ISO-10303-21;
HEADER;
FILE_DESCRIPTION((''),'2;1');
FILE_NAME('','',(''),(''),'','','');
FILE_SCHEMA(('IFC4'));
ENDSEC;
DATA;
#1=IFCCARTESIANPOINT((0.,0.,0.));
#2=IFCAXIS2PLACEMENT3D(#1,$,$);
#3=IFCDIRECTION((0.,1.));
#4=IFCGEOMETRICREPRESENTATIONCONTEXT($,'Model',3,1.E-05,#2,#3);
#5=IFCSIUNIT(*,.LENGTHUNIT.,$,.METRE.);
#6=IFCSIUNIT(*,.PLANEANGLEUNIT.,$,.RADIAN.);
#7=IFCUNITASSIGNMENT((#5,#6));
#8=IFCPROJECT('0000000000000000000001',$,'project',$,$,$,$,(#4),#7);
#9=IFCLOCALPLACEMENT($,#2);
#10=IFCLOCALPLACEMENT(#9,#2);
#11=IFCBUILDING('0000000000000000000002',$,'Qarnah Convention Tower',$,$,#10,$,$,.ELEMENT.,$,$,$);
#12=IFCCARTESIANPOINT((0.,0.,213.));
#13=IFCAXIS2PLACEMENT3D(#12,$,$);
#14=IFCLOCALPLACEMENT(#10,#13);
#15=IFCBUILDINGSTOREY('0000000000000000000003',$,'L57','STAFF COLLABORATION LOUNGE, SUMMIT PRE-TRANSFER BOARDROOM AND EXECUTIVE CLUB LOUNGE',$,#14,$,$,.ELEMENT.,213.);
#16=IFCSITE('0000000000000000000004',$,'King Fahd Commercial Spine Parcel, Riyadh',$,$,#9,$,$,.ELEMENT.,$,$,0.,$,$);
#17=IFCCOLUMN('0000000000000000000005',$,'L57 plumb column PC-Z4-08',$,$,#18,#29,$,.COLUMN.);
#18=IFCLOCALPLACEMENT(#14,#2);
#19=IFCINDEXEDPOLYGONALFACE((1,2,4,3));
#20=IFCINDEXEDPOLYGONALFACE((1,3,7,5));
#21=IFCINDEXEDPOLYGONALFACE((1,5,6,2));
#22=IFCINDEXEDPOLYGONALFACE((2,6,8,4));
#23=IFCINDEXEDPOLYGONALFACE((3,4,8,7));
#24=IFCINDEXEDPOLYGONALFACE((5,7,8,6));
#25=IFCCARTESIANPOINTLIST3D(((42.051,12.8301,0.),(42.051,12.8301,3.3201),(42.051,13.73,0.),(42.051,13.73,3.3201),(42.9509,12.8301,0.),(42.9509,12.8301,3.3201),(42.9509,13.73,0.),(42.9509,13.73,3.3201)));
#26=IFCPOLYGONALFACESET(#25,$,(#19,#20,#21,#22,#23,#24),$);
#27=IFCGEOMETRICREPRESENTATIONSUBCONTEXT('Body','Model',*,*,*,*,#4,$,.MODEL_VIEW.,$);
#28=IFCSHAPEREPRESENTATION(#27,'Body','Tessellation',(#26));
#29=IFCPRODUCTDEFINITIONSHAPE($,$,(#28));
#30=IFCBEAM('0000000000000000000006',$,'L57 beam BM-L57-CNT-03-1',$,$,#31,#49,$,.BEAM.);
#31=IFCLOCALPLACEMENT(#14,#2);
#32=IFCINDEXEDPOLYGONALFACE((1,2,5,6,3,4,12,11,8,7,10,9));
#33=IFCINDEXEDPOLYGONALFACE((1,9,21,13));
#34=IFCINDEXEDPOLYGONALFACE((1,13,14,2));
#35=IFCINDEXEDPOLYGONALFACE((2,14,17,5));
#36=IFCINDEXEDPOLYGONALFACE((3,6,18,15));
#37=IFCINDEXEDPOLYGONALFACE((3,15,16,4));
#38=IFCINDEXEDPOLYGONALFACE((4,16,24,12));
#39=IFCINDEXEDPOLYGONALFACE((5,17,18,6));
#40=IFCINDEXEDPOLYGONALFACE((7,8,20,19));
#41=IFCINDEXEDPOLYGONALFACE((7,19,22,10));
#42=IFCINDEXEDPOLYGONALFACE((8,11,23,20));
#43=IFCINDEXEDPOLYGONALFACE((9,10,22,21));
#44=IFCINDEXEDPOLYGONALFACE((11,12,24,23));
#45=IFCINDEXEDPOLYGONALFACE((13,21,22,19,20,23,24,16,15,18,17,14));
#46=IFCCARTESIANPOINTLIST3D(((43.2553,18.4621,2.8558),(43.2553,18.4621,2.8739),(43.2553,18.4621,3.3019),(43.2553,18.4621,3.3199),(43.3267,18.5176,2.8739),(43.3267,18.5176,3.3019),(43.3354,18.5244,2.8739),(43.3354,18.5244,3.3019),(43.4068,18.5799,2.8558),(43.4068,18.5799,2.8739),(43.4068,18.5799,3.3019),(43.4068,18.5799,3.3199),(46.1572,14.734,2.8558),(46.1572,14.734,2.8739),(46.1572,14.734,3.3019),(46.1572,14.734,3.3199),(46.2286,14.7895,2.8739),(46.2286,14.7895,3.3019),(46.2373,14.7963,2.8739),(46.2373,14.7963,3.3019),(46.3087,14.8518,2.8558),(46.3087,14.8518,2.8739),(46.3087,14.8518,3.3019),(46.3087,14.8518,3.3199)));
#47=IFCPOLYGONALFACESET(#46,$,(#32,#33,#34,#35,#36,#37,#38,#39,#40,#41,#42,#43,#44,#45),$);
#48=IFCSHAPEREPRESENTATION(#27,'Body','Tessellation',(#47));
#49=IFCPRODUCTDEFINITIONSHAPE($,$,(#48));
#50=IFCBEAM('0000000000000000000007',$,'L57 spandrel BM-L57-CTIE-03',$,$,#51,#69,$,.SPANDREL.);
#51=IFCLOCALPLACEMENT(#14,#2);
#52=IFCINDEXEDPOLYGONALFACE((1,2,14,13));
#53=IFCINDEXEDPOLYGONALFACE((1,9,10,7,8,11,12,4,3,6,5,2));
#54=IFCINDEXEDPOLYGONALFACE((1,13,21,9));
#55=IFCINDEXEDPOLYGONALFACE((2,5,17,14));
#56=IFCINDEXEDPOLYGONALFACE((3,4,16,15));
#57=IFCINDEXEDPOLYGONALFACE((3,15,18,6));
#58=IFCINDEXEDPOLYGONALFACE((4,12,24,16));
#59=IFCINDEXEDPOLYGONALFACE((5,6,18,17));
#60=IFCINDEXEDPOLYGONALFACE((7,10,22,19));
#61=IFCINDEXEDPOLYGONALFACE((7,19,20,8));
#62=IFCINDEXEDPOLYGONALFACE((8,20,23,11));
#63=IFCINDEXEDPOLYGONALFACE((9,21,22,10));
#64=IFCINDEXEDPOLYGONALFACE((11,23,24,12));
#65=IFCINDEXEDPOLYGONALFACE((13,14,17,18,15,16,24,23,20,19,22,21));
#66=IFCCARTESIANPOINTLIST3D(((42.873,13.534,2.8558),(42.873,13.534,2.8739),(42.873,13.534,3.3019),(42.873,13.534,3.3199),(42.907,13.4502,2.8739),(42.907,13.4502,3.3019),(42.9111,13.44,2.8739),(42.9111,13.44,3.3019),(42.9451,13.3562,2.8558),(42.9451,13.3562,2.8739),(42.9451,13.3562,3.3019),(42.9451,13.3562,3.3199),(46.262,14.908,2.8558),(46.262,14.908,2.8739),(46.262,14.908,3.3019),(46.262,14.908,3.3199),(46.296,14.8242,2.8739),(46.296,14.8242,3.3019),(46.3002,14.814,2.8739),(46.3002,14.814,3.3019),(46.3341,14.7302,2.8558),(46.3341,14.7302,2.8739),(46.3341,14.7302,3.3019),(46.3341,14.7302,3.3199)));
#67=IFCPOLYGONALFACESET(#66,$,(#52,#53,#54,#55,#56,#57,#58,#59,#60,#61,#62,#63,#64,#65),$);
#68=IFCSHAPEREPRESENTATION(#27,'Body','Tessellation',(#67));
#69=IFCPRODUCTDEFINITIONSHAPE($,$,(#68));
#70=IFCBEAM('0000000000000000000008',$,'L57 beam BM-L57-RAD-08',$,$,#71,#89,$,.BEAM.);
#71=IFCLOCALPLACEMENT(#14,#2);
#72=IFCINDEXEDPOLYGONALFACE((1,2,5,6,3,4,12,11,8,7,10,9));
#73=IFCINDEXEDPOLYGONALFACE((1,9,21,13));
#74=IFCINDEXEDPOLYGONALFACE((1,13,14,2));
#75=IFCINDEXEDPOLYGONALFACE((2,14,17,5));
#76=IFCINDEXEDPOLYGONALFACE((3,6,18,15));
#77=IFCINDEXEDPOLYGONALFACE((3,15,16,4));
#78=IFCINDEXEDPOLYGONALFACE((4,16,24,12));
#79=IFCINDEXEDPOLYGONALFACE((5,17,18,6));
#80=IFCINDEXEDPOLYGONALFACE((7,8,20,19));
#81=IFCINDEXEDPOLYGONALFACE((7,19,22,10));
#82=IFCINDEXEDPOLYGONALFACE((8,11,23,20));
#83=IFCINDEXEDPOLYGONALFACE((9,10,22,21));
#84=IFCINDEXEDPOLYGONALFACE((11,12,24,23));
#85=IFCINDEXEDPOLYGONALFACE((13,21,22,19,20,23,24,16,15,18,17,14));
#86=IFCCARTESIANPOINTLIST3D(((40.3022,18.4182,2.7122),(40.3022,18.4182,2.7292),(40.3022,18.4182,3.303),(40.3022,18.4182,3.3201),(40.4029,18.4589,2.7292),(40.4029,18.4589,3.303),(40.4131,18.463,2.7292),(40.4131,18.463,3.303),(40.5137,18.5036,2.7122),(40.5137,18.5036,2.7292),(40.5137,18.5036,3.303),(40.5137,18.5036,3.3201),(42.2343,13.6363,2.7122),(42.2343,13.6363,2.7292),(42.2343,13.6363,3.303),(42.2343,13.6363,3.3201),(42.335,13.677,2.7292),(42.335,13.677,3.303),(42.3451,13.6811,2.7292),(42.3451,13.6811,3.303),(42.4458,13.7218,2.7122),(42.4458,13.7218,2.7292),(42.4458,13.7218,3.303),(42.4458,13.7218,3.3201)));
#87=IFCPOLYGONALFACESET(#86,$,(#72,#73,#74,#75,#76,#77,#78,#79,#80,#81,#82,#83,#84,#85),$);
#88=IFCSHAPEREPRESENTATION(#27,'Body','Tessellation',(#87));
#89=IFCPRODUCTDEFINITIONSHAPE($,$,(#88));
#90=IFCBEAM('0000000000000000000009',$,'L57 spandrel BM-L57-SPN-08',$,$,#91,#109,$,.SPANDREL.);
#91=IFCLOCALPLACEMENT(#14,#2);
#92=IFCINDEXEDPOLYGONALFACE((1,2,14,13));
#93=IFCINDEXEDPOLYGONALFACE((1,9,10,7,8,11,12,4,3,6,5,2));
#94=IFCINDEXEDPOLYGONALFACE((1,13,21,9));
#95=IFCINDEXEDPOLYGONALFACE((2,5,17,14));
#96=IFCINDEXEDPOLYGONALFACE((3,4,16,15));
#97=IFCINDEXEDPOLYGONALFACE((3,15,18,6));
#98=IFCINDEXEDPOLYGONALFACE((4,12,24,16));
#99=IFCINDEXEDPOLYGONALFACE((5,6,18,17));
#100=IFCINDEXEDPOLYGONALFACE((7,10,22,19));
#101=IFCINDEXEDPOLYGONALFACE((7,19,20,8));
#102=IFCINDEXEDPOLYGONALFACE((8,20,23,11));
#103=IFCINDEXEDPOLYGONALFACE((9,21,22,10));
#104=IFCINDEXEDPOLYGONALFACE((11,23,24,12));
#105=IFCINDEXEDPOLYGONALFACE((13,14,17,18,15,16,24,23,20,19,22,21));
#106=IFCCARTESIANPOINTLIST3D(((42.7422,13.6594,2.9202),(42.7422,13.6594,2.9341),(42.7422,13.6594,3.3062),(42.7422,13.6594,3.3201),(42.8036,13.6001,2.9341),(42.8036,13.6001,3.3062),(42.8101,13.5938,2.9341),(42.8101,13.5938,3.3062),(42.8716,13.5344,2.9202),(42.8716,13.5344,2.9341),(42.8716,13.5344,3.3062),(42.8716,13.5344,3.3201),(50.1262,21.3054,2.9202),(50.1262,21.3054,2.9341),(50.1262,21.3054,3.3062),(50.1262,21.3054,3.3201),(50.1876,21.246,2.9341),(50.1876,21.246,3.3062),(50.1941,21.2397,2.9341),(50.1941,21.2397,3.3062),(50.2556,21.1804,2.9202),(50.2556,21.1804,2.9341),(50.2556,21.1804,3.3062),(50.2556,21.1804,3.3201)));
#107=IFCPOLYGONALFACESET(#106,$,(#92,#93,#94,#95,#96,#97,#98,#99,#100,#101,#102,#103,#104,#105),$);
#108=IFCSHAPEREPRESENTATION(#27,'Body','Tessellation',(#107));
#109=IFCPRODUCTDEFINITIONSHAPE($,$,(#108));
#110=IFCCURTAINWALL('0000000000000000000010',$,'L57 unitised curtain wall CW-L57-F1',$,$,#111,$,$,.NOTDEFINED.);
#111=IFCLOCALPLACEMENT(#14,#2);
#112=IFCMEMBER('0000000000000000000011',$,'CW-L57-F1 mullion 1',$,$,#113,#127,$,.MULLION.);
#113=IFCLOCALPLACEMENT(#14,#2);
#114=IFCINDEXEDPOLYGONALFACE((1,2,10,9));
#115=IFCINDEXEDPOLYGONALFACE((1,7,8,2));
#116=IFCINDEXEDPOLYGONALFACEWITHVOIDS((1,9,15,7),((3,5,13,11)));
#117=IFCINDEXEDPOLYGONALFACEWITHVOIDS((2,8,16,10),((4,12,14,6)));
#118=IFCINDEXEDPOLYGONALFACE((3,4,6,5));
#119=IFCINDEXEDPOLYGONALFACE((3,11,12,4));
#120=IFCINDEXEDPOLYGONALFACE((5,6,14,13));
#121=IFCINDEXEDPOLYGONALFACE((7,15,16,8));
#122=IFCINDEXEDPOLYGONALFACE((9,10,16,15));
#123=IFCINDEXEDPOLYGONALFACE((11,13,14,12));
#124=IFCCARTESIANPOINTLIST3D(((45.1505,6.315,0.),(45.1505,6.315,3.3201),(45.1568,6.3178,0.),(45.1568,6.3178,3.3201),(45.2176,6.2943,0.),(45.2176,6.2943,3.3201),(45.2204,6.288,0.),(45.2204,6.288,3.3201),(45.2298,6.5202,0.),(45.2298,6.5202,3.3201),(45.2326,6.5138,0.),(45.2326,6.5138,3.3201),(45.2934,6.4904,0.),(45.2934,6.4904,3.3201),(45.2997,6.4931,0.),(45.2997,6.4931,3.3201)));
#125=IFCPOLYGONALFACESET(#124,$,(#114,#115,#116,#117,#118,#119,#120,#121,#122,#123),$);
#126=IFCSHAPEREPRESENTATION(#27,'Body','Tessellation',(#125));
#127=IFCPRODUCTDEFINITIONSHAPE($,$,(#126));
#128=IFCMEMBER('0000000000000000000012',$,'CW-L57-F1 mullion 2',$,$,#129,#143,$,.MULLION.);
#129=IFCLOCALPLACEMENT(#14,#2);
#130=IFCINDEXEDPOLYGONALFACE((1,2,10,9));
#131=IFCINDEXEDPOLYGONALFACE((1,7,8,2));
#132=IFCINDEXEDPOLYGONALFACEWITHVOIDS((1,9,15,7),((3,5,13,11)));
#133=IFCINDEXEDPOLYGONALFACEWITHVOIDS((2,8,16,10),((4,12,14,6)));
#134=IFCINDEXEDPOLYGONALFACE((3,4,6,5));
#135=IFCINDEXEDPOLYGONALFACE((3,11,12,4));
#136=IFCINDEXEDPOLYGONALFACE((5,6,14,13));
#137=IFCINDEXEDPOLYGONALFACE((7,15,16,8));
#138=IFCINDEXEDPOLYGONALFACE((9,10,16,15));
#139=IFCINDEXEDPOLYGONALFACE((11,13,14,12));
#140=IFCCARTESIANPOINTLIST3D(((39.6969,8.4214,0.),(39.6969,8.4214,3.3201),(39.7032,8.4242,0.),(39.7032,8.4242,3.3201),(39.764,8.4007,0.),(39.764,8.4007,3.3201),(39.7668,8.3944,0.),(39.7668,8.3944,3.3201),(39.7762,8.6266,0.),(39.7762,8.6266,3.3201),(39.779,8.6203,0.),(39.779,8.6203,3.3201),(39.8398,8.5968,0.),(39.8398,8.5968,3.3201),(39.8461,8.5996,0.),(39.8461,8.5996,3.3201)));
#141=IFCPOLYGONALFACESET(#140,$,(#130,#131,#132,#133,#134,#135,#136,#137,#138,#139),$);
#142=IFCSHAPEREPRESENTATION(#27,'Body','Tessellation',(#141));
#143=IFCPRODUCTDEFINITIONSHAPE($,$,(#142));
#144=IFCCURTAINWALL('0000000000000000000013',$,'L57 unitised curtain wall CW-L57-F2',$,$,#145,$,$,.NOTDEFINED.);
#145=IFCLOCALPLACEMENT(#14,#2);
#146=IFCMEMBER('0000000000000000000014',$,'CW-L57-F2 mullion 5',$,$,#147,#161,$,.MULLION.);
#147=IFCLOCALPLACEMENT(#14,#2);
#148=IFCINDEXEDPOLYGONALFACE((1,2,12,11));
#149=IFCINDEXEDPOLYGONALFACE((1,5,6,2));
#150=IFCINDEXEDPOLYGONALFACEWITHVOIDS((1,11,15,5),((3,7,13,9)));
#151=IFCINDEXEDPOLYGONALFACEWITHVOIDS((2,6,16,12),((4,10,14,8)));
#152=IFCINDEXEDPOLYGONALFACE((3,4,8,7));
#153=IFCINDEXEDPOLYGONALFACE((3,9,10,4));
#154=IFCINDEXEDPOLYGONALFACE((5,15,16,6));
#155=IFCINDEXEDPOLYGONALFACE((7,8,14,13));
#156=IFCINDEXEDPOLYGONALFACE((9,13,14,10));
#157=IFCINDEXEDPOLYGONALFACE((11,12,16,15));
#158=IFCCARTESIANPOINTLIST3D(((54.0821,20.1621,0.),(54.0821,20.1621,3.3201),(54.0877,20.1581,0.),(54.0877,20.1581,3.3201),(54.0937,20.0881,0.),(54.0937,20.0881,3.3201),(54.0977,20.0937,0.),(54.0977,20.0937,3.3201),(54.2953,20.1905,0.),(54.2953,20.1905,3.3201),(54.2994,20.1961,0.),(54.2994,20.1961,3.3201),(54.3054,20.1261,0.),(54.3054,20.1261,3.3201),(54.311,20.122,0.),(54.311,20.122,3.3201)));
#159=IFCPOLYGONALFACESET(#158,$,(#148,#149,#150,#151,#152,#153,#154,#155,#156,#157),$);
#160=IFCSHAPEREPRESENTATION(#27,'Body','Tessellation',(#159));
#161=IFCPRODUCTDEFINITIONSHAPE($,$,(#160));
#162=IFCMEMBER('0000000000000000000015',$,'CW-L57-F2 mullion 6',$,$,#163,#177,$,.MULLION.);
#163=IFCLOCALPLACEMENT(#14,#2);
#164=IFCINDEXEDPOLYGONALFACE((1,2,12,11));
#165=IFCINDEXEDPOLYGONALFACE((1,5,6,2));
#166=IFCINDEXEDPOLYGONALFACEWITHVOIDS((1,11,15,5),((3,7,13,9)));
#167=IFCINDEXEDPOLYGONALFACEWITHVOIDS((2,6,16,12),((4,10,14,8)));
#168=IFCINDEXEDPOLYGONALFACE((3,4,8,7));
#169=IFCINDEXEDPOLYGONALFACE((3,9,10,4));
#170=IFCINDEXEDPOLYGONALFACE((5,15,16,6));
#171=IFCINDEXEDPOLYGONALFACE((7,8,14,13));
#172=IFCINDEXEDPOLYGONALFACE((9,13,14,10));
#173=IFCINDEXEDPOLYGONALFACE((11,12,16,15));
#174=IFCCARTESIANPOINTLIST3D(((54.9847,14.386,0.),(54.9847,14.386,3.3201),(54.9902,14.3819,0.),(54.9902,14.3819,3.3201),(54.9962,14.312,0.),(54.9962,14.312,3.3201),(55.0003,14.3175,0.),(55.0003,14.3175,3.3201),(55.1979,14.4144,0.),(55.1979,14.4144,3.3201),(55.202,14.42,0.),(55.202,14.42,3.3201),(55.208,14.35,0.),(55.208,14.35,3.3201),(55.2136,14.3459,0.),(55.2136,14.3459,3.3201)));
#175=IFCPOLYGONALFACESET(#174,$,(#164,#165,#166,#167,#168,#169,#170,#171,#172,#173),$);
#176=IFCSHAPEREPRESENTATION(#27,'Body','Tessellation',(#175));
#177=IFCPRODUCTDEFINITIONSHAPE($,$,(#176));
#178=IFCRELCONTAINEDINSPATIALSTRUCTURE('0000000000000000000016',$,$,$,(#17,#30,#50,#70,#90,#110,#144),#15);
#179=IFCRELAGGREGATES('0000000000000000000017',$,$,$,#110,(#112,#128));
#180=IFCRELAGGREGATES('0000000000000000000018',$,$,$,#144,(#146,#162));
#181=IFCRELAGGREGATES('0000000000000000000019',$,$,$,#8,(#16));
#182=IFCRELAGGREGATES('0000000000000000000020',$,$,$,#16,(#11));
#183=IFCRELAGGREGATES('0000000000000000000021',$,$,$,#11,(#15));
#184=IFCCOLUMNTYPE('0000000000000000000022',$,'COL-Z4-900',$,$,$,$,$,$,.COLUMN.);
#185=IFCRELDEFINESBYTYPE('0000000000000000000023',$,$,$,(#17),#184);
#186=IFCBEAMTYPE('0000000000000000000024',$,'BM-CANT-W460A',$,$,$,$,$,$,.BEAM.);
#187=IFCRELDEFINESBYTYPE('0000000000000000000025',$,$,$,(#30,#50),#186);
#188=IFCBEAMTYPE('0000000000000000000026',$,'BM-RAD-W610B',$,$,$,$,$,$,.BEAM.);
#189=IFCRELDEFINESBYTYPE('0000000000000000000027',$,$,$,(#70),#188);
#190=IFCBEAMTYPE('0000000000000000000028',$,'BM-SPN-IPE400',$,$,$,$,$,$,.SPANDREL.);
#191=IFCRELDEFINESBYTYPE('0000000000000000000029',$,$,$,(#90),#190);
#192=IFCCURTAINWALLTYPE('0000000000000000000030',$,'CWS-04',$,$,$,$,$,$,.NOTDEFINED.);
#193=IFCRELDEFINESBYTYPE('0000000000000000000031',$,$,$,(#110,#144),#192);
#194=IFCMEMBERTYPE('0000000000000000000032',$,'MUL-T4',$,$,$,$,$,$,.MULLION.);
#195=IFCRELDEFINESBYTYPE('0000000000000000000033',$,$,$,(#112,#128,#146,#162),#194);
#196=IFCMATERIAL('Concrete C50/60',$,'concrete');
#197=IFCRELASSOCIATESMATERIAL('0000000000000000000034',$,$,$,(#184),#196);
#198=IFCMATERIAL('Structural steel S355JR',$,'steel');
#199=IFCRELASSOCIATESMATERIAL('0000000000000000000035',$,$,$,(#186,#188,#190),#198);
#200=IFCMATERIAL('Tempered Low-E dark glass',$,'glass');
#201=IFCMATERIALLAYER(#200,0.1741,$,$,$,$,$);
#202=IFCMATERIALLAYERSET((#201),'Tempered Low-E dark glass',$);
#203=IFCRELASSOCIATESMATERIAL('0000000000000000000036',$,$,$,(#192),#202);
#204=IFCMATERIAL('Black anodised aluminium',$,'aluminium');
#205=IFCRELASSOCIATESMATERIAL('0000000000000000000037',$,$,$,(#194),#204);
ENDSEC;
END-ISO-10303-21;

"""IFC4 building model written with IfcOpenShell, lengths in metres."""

from ifc_helpers import new_model, si_unit, direction, frame, origin, origin_2d, place, context, subcontext, project, spatial, rectangle, hollow_rectangle, i_section, extrude, material, layer, layer_set, material_profile, profile_set, type_object, element, aggregate, save


model = new_model("IFC4")

# Units and contexts
model_context = context("Model", 3, precision=1e-05, world=origin(), true_north=direction((0.0, 1.0)))
body_context = subcontext(model_context, "Body", "Model", "MODEL_VIEW")
ifc_project = project(units=[si_unit("LENGTHUNIT", "METRE"), si_unit("PLANEANGLEUNIT", "RADIAN")], contexts=[model_context])

# Site, building, storey
site_placement = place(None, origin())
site = spatial("IfcSite", under=ifc_project, at=site_placement, Name="King Fahd Commercial Spine Parcel, Riyadh", CompositionType="ELEMENT", RefElevation=0.0)
building_placement = place(site_placement, origin())
building = spatial("IfcBuilding", under=site, at=building_placement, Name="Qarnah Convention Tower", CompositionType="ELEMENT")
storey_placement = place(building_placement, frame((0.0, 0.0, 213.0)))
storey = spatial("IfcBuildingStorey", under=building, at=storey_placement, Name="L57", Description="STAFF COLLABORATION LOUNGE, SUMMIT PRE-TRANSFER BOARDROOM AND EXECUTIVE CLUB LOUNGE", CompositionType="ELEMENT", Elevation=213.0)

# Column
ifc_material_1 = material(Name="Concrete C50/60", Category="concrete")
ifc_material_profile_1 = material_profile(ifc_material_1, rectangle(XDim=0.8999, YDim=0.8999, at=origin_2d()), Name="RC-COL-900X900")
ifc_profile_set_1 = profile_set([ifc_material_profile_1], Name="Concrete C50/60")
column_type = type_object("IfcColumnType", Name="COL-Z4-900", PredefinedType="COLUMN", material=ifc_profile_set_1)
column_placement = place(storey_placement, frame((42.501, 13.28, 0.0), z_axis=(0.0, 0.0, 1.0), x_axis=(1.0, 0.0, 0.0)))
element("IfcColumn", 1, at=column_placement, inside=storey, type_object=column_type, Name="L57 plumb column PC-Z4-08", PredefinedType="COLUMN", context=body_context, shape_type="SweptSolid", body=[
    extrude(rectangle(XDim=0.8999, YDim=0.8999, at=origin_2d()), origin(), (0.0, 0.0, 1.0), 3.3201),
])

# Beams
ifc_material_2 = material(Name="Structural steel S355JR", Category="steel")
ifc_material_profile_2 = material_profile(ifc_material_2, i_section(OverallWidth=0.1919, OverallDepth=0.4641, WebThickness=0.011, FlangeThickness=0.0181, at=origin_2d()), Name="W460X89")
ifc_profile_set_2 = profile_set([ifc_material_profile_2], Name="Structural steel S355JR")
beam_type_1 = type_object("IfcBeamType", Name="BM-CANT-W460A", PredefinedType="BEAM", material=ifc_profile_set_2)
beam_1_placement = place(storey_placement, frame((43.3311, 18.521, 3.0879), z_axis=(0.614241, -0.789118, 0.0), x_axis=(0.789118, 0.614241, 0.0)))
element("IfcBeam", 2, at=beam_1_placement, inside=storey, type_object=beam_type_1, Name="L57 beam BM-L57-CNT-03-1", PredefinedType="BEAM", context=body_context, shape_type="SweptSolid", body=[
    extrude(i_section(OverallWidth=0.1919, OverallDepth=0.4641, WebThickness=0.011, FlangeThickness=0.0181, at=origin_2d()), origin(), (0.0, 0.0, 1.0), 4.7244),
])
beam_2_placement = place(storey_placement, frame((46.2981, 14.8191, 3.0879), z_axis=(-0.926735, -0.375714, 0.0), x_axis=(0.375714, -0.926735, 0.0)))
element("IfcBeam", 3, at=beam_2_placement, inside=storey, type_object=beam_type_1, Name="L57 spandrel BM-L57-CTIE-03", PredefinedType="SPANDREL", context=body_context, shape_type="SweptSolid", body=[
    extrude(i_section(OverallWidth=0.1919, OverallDepth=0.4641, WebThickness=0.011, FlangeThickness=0.0181, at=origin_2d()), origin(), (0.0, 0.0, 1.0), 3.657),
])
ifc_material_profile_3 = material_profile(ifc_material_2, i_section(OverallWidth=0.228, OverallDepth=0.6079, WebThickness=0.011, FlangeThickness=0.0171, at=origin_2d()), Name="W610X113")
ifc_profile_set_3 = profile_set([ifc_material_profile_3], Name="Structural steel S355JR")
beam_type_2 = type_object("IfcBeamType", Name="BM-RAD-W610B", PredefinedType="BEAM", material=ifc_profile_set_3)
beam_3_placement = place(storey_placement, frame((40.408, 18.4609, 3.0161), z_axis=(0.37462, -0.927178, 0.0), x_axis=(0.927178, 0.37462, 0.0)))
element("IfcBeam", 4, at=beam_3_placement, inside=storey, type_object=beam_type_2, Name="L57 beam BM-L57-RAD-08", PredefinedType="BEAM", context=body_context, shape_type="SweptSolid", body=[
    extrude(i_section(OverallWidth=0.228, OverallDepth=0.6079, WebThickness=0.011, FlangeThickness=0.0171, at=origin_2d()), origin(), (0.0, 0.0, 1.0), 5.1575),
])
ifc_material_profile_4 = material_profile(ifc_material_2, i_section(OverallWidth=0.1799, OverallDepth=0.3999, WebThickness=0.009, FlangeThickness=0.0139, at=origin_2d()), Name="IPE400")
ifc_profile_set_4 = profile_set([ifc_material_profile_4], Name="Structural steel S355JR")
beam_type_3 = type_object("IfcBeamType", Name="BM-SPN-IPE400", PredefinedType="SPANDREL", material=ifc_profile_set_4)
beam_4_placement = place(storey_placement, frame((42.8069, 13.5969, 3.1201), z_axis=(0.694677, 0.719322, 0.0), x_axis=(-0.719322, 0.694677, 0.0)))
element("IfcBeam", 5, at=beam_4_placement, inside=storey, type_object=beam_type_3, Name="L57 spandrel BM-L57-SPN-08", PredefinedType="SPANDREL", context=body_context, shape_type="SweptSolid", body=[
    extrude(i_section(OverallWidth=0.1799, OverallDepth=0.3999, WebThickness=0.009, FlangeThickness=0.0139, at=origin_2d()), origin(), (0.0, 0.0, 1.0), 10.6294),
])

# Curtain walls, members
ifc_material_3 = material(Name="Tempered Low-E dark glass", Category="glass")
ifc_layer_1 = layer(ifc_material_3, 0.1741)
ifc_layer_set_1 = layer_set([ifc_layer_1], Name="Tempered Low-E dark glass")
curtain_wall_type = type_object("IfcCurtainWallType", Name="CWS-04", PredefinedType="NOTDEFINED", material=ifc_layer_set_1)
curtain_wall_1_placement = place(storey_placement, origin())
curtain_wall_1 = element("IfcCurtainWall", 6, at=curtain_wall_1_placement, inside=storey, type_object=curtain_wall_type, Name="L57 unitised curtain wall CW-L57-F1", PredefinedType="NOTDEFINED")
ifc_material_4 = material(Name="Black anodised aluminium", Category="aluminium")
ifc_material_profile_5 = material_profile(ifc_material_4, hollow_rectangle(XDim=0.075, YDim=0.22, WallThickness=0.0049, at=origin_2d()), Name="MUL-75X220")
ifc_profile_set_5 = profile_set([ifc_material_profile_5], Name="Black anodised aluminium")
member_type_1 = type_object("IfcMemberType", Name="MUL-T4", PredefinedType="MULLION", material=ifc_profile_set_5)
member_1_placement = place(storey_placement, frame((45.2251, 6.4041, 0.0), z_axis=(0.0, 0.0, 1.0), x_axis=(-0.932821, 0.36034, 0.0)))
member_1 = element("IfcMember", 7, at=member_1_placement, type_object=member_type_1, Name="CW-L57-F1 mullion 1", PredefinedType="MULLION", context=body_context, shape_type="SweptSolid", body=[
    extrude(hollow_rectangle(XDim=0.075, YDim=0.22, WallThickness=0.0049, at=origin_2d()), origin(), (0.0, 0.0, 1.0), 3.3201),
])
member_2_placement = place(storey_placement, frame((39.7715, 8.5105, 0.0), z_axis=(0.0, 0.0, 1.0), x_axis=(-0.932821, 0.36034, 0.0)))
member_2 = element("IfcMember", 8, at=member_2_placement, type_object=member_type_1, Name="CW-L57-F1 mullion 2", PredefinedType="MULLION", context=body_context, shape_type="SweptSolid", body=[
    extrude(hollow_rectangle(XDim=0.075, YDim=0.22, WallThickness=0.0049, at=origin_2d()), origin(), (0.0, 0.0, 1.0), 3.3201),
])
curtain_wall_2_placement = place(storey_placement, origin())
curtain_wall_2 = element("IfcCurtainWall", 9, at=curtain_wall_2_placement, inside=storey, type_object=curtain_wall_type, Name="L57 unitised curtain wall CW-L57-F2", PredefinedType="NOTDEFINED")
member_3_placement = place(storey_placement, frame((54.1965, 20.1421, 0.0), z_axis=(0.0, 0.0, 1.0), x_axis=(0.15436, -0.988015, 0.0)))
member_3 = element("IfcMember", 10, at=member_3_placement, type_object=member_type_1, Name="CW-L57-F2 mullion 5", PredefinedType="MULLION", context=body_context, shape_type="SweptSolid", body=[
    extrude(hollow_rectangle(XDim=0.075, YDim=0.22, WallThickness=0.0049, at=origin_2d()), origin(), (0.0, 0.0, 1.0), 3.3201),
])
member_4_placement = place(storey_placement, frame((55.0991, 14.366, 0.0), z_axis=(0.0, 0.0, 1.0), x_axis=(0.15436, -0.988015, 0.0)))
member_4 = element("IfcMember", 11, at=member_4_placement, type_object=member_type_1, Name="CW-L57-F2 mullion 6", PredefinedType="MULLION", context=body_context, shape_type="SweptSolid", body=[
    extrude(hollow_rectangle(XDim=0.075, YDim=0.22, WallThickness=0.0049, at=origin_2d()), origin(), (0.0, 0.0, 1.0), 3.3201),
])

aggregate(curtain_wall_1, [member_1, member_2])
aggregate(curtain_wall_2, [member_3, member_4])

save(model, "model.ifc")
